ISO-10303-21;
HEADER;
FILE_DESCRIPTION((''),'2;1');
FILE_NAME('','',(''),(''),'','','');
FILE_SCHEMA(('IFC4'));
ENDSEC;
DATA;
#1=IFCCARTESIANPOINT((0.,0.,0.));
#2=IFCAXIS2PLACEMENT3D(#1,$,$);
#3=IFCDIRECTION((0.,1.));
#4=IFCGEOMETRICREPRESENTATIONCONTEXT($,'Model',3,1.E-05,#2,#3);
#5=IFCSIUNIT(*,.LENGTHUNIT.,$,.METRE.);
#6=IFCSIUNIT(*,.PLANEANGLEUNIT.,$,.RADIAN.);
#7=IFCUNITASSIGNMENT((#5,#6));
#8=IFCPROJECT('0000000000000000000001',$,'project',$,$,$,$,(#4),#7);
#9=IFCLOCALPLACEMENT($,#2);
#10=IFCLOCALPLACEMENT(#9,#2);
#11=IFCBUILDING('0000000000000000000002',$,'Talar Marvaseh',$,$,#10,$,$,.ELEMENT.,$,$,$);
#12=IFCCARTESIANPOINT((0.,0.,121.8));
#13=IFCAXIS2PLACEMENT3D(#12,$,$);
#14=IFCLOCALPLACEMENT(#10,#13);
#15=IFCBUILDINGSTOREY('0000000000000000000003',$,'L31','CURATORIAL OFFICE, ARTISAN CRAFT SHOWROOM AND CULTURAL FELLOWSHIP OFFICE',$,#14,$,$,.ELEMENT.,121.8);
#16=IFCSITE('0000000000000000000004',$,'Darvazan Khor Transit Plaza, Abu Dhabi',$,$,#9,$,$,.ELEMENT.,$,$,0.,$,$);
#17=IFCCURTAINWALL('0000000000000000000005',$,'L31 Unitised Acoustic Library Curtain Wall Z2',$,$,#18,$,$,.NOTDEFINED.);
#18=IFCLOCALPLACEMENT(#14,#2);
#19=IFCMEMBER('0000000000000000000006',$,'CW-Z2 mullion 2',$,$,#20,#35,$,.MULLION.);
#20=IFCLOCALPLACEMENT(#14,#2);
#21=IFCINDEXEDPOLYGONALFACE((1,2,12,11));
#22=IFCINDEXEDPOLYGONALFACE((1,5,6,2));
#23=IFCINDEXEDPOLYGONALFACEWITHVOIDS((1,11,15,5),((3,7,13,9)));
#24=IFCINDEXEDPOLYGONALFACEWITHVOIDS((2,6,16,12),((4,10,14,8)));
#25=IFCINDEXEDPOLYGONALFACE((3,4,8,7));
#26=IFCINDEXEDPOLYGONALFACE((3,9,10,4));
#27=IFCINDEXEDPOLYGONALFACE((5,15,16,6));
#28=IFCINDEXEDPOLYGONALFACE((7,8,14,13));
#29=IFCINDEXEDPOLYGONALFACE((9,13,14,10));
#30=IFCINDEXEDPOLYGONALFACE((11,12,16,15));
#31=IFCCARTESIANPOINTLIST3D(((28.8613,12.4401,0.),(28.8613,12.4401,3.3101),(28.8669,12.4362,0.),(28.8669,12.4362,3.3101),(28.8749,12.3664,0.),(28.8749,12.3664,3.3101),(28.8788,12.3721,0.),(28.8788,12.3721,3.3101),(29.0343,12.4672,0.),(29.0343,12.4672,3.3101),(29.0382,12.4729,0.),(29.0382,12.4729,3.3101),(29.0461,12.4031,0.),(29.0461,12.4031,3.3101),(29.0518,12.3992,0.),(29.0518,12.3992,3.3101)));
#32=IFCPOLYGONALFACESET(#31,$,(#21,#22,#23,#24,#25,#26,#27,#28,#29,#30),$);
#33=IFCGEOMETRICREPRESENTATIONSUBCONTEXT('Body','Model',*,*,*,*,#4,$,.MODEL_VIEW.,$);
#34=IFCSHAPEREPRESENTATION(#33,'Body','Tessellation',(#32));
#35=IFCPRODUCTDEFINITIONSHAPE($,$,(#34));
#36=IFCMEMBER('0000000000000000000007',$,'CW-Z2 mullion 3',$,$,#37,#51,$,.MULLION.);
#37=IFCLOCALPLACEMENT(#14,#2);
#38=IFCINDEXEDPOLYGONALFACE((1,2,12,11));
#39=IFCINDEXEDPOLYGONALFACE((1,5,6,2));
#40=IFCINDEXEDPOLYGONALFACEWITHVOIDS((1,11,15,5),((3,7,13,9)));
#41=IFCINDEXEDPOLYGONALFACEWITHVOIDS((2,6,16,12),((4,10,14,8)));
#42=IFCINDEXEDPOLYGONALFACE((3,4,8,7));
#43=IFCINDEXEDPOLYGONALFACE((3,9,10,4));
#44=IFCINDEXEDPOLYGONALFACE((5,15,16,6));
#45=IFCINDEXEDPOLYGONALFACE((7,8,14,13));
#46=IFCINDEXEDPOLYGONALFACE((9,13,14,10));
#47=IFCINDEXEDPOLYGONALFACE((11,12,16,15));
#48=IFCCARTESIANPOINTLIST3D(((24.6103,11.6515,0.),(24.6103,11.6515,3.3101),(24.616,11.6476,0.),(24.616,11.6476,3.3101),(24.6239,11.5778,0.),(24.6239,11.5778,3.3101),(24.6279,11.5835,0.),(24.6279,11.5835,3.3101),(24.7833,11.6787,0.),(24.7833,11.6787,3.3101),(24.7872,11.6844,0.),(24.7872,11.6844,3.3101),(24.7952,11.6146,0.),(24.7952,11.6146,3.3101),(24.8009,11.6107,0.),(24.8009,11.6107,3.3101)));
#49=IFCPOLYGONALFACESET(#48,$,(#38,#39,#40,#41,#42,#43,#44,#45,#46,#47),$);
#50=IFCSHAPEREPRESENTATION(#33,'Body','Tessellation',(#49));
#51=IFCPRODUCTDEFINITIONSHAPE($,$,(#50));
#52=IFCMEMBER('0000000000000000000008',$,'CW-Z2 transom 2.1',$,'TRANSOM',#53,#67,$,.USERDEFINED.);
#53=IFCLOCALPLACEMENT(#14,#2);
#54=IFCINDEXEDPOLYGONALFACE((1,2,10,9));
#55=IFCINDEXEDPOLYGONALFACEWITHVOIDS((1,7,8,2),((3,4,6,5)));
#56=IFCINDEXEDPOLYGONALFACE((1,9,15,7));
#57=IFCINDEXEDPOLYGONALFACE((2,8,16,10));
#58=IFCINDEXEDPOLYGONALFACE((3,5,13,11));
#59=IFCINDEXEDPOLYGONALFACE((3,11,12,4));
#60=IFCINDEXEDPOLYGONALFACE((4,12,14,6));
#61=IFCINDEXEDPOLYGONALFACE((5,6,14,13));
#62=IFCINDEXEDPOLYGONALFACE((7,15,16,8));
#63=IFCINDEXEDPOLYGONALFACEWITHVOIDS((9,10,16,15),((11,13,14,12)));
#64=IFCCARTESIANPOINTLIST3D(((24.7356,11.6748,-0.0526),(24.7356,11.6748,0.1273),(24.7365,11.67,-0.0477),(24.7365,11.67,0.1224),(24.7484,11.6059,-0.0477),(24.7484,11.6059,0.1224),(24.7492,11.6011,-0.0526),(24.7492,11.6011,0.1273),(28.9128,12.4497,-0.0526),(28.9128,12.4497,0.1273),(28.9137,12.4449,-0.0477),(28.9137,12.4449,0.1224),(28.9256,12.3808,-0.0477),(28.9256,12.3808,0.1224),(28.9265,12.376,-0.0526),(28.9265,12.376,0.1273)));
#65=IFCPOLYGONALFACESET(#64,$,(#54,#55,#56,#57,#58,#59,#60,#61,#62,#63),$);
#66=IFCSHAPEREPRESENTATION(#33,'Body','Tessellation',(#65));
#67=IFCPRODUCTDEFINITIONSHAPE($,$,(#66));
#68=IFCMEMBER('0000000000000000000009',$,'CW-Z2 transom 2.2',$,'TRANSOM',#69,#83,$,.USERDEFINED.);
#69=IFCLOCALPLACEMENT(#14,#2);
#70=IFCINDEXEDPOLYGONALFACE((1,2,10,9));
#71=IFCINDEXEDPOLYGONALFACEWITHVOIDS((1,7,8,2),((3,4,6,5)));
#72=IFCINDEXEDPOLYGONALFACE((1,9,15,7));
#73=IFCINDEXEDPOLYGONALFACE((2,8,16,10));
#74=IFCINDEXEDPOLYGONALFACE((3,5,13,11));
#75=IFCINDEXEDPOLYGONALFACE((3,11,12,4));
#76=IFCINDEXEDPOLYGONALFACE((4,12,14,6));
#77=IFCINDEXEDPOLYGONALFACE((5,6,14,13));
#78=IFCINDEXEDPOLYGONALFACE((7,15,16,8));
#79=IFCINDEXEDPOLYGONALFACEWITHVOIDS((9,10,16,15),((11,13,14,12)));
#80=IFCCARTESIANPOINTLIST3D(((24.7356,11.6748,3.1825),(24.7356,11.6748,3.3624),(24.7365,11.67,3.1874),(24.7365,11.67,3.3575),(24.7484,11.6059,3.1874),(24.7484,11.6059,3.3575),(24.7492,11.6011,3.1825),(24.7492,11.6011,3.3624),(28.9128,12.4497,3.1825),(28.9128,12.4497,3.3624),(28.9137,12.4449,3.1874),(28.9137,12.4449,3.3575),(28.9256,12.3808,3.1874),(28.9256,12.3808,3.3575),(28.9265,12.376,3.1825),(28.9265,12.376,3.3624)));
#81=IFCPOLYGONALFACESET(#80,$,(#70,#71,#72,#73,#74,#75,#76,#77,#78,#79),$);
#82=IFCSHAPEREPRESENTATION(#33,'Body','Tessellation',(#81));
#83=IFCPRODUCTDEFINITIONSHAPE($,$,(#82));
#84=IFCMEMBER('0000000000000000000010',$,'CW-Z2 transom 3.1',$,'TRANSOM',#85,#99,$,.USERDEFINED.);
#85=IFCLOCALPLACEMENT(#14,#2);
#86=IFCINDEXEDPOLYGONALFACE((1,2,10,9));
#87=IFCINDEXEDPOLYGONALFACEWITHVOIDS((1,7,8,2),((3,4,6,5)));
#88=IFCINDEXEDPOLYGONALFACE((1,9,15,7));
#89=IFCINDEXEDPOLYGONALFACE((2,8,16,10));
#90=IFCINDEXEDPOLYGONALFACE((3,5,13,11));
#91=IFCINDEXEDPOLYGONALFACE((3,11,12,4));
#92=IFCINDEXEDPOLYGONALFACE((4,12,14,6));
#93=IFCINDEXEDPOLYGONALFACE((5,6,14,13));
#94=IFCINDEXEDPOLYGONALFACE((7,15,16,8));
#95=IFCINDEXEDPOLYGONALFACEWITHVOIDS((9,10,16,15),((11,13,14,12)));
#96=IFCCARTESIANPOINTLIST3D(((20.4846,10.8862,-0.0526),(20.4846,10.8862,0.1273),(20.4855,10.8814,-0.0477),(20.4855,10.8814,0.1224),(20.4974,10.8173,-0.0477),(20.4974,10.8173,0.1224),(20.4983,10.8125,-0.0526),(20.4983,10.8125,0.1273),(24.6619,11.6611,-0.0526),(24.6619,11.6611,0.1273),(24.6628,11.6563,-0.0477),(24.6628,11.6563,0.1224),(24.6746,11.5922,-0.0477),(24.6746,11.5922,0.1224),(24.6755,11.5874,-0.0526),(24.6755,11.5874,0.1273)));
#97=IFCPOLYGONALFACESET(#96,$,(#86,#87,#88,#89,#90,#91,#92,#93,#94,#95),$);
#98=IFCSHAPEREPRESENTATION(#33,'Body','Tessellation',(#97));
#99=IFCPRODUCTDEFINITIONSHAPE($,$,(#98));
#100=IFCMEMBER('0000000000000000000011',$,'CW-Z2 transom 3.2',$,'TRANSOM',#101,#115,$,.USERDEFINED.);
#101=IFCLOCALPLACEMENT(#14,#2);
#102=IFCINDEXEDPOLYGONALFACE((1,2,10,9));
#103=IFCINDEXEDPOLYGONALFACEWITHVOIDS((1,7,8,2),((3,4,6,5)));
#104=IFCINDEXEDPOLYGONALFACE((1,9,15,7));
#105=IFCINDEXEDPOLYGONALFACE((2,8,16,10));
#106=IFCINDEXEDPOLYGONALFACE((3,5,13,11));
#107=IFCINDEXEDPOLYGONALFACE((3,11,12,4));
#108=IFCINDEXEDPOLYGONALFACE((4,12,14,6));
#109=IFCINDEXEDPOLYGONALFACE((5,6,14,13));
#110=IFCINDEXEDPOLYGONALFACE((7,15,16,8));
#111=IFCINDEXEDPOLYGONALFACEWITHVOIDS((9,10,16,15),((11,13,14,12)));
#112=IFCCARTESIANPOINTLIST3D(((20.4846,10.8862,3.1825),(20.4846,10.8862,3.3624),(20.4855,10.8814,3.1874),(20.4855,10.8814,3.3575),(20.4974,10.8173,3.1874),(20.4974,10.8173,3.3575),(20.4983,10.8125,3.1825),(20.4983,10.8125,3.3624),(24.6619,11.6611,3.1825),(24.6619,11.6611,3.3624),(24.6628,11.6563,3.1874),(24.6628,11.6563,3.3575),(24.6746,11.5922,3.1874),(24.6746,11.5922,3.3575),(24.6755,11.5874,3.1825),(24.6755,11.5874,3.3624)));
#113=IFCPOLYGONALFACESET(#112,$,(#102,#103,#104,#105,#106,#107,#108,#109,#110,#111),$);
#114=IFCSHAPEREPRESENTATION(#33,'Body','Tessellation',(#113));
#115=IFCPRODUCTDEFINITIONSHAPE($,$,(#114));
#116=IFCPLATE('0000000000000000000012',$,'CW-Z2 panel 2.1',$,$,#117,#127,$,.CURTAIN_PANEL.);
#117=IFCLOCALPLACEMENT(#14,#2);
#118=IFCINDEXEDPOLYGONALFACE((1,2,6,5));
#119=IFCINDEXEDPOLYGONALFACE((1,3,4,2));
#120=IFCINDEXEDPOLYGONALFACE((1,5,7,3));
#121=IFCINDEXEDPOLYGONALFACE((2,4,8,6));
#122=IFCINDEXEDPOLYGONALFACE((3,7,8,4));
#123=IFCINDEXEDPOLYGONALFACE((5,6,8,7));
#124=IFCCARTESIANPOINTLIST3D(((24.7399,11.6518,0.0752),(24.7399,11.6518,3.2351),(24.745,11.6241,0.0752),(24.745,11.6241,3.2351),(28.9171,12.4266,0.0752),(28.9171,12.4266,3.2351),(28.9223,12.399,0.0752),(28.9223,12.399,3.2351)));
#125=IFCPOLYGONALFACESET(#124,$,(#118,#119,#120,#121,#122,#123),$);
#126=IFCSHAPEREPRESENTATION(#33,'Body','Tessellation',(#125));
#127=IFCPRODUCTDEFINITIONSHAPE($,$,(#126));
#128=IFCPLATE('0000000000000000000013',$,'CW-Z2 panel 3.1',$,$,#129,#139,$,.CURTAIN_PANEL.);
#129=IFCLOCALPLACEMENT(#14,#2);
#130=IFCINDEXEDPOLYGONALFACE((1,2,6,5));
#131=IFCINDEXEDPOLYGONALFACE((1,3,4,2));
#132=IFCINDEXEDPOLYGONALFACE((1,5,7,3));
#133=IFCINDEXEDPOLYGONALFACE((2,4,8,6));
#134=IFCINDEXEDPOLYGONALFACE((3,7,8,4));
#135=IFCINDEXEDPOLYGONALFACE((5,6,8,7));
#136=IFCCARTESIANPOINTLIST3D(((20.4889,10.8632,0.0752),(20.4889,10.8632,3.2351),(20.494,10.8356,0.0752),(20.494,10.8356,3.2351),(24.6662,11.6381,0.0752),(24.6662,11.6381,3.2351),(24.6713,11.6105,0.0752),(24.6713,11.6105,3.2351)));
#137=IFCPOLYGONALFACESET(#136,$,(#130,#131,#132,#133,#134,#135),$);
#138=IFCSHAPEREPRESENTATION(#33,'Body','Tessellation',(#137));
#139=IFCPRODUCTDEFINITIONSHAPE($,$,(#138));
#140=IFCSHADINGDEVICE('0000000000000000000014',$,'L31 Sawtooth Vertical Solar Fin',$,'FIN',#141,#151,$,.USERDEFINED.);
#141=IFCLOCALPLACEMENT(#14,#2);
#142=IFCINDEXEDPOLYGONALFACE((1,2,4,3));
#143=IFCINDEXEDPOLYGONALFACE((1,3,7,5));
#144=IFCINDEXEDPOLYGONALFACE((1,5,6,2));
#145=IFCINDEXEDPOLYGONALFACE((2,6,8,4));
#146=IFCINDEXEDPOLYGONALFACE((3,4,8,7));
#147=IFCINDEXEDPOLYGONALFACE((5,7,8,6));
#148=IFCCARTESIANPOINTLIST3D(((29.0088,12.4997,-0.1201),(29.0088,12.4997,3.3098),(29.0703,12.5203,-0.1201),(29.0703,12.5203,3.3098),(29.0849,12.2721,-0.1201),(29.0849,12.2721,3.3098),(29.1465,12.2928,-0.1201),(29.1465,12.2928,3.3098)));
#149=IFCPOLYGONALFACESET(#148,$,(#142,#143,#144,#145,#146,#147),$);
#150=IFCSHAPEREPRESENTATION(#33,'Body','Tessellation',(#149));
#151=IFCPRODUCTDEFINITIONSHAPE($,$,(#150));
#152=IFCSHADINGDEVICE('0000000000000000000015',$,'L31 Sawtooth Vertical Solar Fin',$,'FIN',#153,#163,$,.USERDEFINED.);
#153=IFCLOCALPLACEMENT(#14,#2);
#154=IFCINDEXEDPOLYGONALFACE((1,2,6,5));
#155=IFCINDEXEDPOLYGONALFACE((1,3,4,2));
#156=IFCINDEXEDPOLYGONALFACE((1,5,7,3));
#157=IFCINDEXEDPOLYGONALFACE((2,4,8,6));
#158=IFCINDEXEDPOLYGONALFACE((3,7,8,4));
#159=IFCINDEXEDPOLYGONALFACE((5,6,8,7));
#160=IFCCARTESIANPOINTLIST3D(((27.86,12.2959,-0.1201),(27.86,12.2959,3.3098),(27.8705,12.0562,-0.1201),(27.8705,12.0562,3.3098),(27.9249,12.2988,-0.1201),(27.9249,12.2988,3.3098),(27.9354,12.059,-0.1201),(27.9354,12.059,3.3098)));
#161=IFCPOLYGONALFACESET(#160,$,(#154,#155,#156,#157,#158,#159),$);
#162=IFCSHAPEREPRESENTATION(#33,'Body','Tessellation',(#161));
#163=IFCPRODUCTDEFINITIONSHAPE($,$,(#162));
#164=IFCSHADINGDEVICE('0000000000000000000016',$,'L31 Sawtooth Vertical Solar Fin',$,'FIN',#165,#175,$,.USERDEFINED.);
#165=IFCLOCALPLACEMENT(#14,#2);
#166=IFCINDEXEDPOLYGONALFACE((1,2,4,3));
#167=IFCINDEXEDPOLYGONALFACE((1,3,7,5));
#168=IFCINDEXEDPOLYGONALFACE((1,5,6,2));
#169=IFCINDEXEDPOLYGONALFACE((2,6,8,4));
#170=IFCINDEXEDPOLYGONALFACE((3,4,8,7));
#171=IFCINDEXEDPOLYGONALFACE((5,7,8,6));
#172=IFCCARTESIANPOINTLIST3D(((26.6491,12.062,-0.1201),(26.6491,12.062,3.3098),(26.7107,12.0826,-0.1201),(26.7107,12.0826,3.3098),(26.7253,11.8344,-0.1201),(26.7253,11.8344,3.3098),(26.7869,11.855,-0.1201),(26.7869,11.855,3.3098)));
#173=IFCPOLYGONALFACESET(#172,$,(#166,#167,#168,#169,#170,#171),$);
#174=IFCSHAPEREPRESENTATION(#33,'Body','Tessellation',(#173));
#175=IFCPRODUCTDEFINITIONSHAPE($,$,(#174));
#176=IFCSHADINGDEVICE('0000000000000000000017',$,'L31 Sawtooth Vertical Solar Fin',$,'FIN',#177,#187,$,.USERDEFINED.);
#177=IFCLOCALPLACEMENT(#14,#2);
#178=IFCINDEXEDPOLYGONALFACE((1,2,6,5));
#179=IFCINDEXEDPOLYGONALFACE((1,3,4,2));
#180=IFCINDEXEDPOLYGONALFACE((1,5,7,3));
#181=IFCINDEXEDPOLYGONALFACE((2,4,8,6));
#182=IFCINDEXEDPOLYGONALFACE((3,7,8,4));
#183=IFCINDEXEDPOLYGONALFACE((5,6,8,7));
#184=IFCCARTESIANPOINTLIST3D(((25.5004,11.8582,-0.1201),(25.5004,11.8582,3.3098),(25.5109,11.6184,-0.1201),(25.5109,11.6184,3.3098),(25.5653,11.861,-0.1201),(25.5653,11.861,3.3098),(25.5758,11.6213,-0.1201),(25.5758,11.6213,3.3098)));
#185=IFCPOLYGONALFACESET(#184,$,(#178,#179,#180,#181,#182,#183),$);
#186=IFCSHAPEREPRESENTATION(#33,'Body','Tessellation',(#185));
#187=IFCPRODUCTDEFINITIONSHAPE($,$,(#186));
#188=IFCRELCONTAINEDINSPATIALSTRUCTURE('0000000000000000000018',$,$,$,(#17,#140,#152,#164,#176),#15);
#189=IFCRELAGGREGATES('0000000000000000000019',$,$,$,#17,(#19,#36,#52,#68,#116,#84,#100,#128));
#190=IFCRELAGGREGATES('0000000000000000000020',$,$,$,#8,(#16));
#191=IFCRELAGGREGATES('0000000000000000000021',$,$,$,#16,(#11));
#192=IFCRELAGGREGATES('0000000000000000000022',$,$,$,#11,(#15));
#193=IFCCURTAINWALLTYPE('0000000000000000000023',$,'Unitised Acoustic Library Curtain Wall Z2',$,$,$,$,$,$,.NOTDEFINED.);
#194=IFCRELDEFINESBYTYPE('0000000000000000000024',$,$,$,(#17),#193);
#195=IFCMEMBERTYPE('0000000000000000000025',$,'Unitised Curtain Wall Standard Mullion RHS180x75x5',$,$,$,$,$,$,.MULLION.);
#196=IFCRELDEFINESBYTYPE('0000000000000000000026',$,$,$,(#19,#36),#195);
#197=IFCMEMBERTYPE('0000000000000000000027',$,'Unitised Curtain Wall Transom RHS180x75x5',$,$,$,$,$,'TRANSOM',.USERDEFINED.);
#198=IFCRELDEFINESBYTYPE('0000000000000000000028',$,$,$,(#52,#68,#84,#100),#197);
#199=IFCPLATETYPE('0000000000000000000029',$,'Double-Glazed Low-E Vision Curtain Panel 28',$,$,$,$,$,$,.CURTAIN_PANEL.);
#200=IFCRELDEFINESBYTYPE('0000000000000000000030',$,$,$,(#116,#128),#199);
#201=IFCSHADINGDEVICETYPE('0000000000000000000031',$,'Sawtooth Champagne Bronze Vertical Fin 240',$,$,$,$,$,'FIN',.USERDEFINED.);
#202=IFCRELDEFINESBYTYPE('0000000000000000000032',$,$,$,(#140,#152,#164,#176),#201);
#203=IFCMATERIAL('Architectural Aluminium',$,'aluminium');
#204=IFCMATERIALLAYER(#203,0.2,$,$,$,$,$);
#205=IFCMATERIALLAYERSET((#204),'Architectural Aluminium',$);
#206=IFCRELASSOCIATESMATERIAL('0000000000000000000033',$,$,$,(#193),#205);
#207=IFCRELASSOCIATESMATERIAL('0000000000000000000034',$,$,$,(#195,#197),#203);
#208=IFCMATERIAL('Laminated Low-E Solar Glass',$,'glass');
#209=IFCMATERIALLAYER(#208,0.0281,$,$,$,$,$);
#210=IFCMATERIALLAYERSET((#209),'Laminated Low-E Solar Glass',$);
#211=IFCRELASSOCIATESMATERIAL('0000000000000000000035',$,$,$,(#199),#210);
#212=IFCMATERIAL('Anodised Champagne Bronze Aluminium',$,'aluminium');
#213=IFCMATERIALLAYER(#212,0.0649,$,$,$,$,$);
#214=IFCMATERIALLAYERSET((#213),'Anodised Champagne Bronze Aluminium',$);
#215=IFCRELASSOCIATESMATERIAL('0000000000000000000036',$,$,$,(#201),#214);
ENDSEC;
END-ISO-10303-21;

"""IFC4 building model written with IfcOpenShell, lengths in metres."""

from ifc_helpers import new_model, si_unit, direction, frame, origin, origin_2d, place, context, subcontext, project, spatial, rectangle, hollow_rectangle, extrude, source, transform, mapped, material, layer, layer_set, material_profile, profile_set, type_object, type_shapes, element, aggregate, save


model = new_model("IFC4")

# Units and contexts
model_context = context("Model", 3, precision=1e-05, world=origin(), true_north=direction((0.0, 1.0)))
body_context = subcontext(model_context, "Body", "Model", "MODEL_VIEW")
ifc_project = project(units=[si_unit("LENGTHUNIT", "METRE"), si_unit("PLANEANGLEUNIT", "RADIAN")], contexts=[model_context])

# Site, building, storey
site_placement = place(None, origin())
site = spatial("IfcSite", under=ifc_project, at=site_placement, Name="Darvazan Khor Transit Plaza, Abu Dhabi", CompositionType="ELEMENT", RefElevation=0.0)
building_placement = place(site_placement, origin())
building = spatial("IfcBuilding", under=site, at=building_placement, Name="Talar Marvaseh", CompositionType="ELEMENT")
storey_placement = place(building_placement, frame((0.0, 0.0, 121.8)))
storey = spatial("IfcBuildingStorey", under=building, at=storey_placement, Name="L31", Description="CURATORIAL OFFICE, ARTISAN CRAFT SHOWROOM AND CULTURAL FELLOWSHIP OFFICE", CompositionType="ELEMENT", Elevation=121.8)

# Curtain wall, members, plates
ifc_material_1 = material(Name="Architectural Aluminium", Category="aluminium")
ifc_layer_1 = layer(ifc_material_1, 0.2)
ifc_layer_set_1 = layer_set([ifc_layer_1], Name="Architectural Aluminium")
curtain_wall_type = type_object("IfcCurtainWallType", Name="Unitised Acoustic Library Curtain Wall Z2", PredefinedType="NOTDEFINED", material=ifc_layer_set_1)
curtain_wall_placement = place(storey_placement, origin())
curtain_wall = element("IfcCurtainWall", 1, at=curtain_wall_placement, inside=storey, type_object=curtain_wall_type, Name="L31 Unitised Acoustic Library Curtain Wall Z2", PredefinedType="NOTDEFINED")
ifc_material_profile_1 = material_profile(ifc_material_1, hollow_rectangle(XDim=0.075, YDim=0.1799, WallThickness=0.0049, at=origin_2d()), Name="RHS180x75x5")
ifc_profile_set_1 = profile_set([ifc_material_profile_1], Name="Architectural Aluminium")
member_type_1 = type_object("IfcMemberType", Name="Unitised Curtain Wall Standard Mullion RHS180x75x5", PredefinedType="MULLION", material=ifc_profile_set_1)
shared_shape_1 = source(origin(), body_context, "Body", "SweptSolid", [
    extrude(hollow_rectangle(XDim=0.075, YDim=0.1799, WallThickness=0.0049, at=origin_2d()), origin(), (0.0, 0.0, 1.0), 3.3101),
])
type_shapes(member_type_1, [shared_shape_1])
member_1_placement = place(storey_placement, frame((28.9565, 12.4197, 0.0), z_axis=(0.0, 0.0, 1.0), x_axis=(0.182388, -0.983227, 0.0)))
member_1 = element("IfcMember", 2, at=member_1_placement, type_object=member_type_1, Name="CW-Z2 mullion 2", PredefinedType="MULLION", context=body_context, shape_type="MappedRepresentation", body=[
    mapped(shared_shape_1, transform((0.0, 0.0, 0.0), x_axis=(1.0, 0.0, 0.0), y_axis=(0.0, 1.0, 0.0), z_axis=(0.0, 0.0, 1.0), scale=1.0)),
])
member_2_placement = place(storey_placement, frame((24.7056, 11.6311, 0.0), z_axis=(0.0, 0.0, 1.0), x_axis=(0.182388, -0.983227, 0.0)))
member_2 = element("IfcMember", 3, at=member_2_placement, type_object=member_type_1, Name="CW-Z2 mullion 3", PredefinedType="MULLION", context=body_context, shape_type="MappedRepresentation", body=[
    mapped(shared_shape_1, transform((0.0, 0.0, 0.0), x_axis=(1.0, 0.0, 0.0), y_axis=(0.0, 1.0, 0.0), z_axis=(0.0, 0.0, 1.0), scale=1.0)),
])
ifc_material_profile_2 = material_profile(ifc_material_1, hollow_rectangle(XDim=0.075, YDim=0.1799, WallThickness=0.0049, at=origin_2d()), Name="RHS180x75x5")
ifc_profile_set_2 = profile_set([ifc_material_profile_2], Name="Architectural Aluminium")
member_type_2 = type_object("IfcMemberType", Name="Unitised Curtain Wall Transom RHS180x75x5", ElementType="TRANSOM", PredefinedType="USERDEFINED", material=ifc_profile_set_2)
shared_shape_2 = source(origin(), body_context, "Body", "SweptSolid", [
    extrude(hollow_rectangle(XDim=0.075, YDim=0.1799, WallThickness=0.0049, at=origin_2d()), origin(), (0.0, 0.0, 1.0), 4.2485),
])
type_shapes(member_type_2, [shared_shape_2])
member_3_placement = place(storey_placement, frame((28.9197, 12.4128, 0.0374), z_axis=(-0.983226, -0.182394, 0.0), x_axis=(0.182394, -0.983226, 0.0)))
member_3 = element("IfcMember", 4, at=member_3_placement, type_object=member_type_2, Name="CW-Z2 transom 2.1", ObjectType="TRANSOM", PredefinedType="USERDEFINED", context=body_context, shape_type="MappedRepresentation", body=[
    mapped(shared_shape_2, transform((0.0, 0.0, 0.0), x_axis=(1.0, 0.0, 0.0), y_axis=(0.0, 1.0, 0.0), z_axis=(0.0, 0.0, 1.0), scale=1.0)),
])
member_4_placement = place(storey_placement, frame((28.9197, 12.4128, 3.2725), z_axis=(-0.983226, -0.182394, 0.0), x_axis=(0.182394, -0.983226, 0.0)))
member_4 = element("IfcMember", 5, at=member_4_placement, type_object=member_type_2, Name="CW-Z2 transom 2.2", ObjectType="TRANSOM", PredefinedType="USERDEFINED", context=body_context, shape_type="MappedRepresentation", body=[
    mapped(shared_shape_2, transform((0.0, 0.0, 0.0), x_axis=(1.0, 0.0, 0.0), y_axis=(0.0, 1.0, 0.0), z_axis=(0.0, 0.0, 1.0), scale=1.0)),
])
member_5_placement = place(storey_placement, frame((24.6687, 11.6243, 0.0374), z_axis=(-0.983226, -0.182394, 0.0), x_axis=(0.182394, -0.983226, 0.0)))
member_5 = element("IfcMember", 6, at=member_5_placement, type_object=member_type_2, Name="CW-Z2 transom 3.1", ObjectType="TRANSOM", PredefinedType="USERDEFINED", context=body_context, shape_type="MappedRepresentation", body=[
    mapped(shared_shape_2, transform((0.0, 0.0, 0.0), x_axis=(1.0, 0.0, 0.0), y_axis=(0.0, 1.0, 0.0), z_axis=(0.0, 0.0, 1.0), scale=1.0)),
])
member_6_placement = place(storey_placement, frame((24.6687, 11.6243, 3.2725), z_axis=(-0.983226, -0.182394, 0.0), x_axis=(0.182394, -0.983226, 0.0)))
member_6 = element("IfcMember", 7, at=member_6_placement, type_object=member_type_2, Name="CW-Z2 transom 3.2", ObjectType="TRANSOM", PredefinedType="USERDEFINED", context=body_context, shape_type="MappedRepresentation", body=[
    mapped(shared_shape_2, transform((0.0, 0.0, 0.0), x_axis=(1.0, 0.0, 0.0), y_axis=(0.0, 1.0, 0.0), z_axis=(0.0, 0.0, 1.0), scale=1.0)),
])
ifc_material_2 = material(Name="Laminated Low-E Solar Glass", Category="glass")
ifc_layer_2 = layer(ifc_material_2, 0.0281)
ifc_layer_set_2 = layer_set([ifc_layer_2], Name="Laminated Low-E Solar Glass")
plate_type = type_object("IfcPlateType", Name="Double-Glazed Low-E Vision Curtain Panel 28", PredefinedType="CURTAIN_PANEL", material=ifc_layer_set_2)
shared_shape_3 = source(origin(), body_context, "Body", "SweptSolid", [
    extrude(rectangle(XDim=4.2485, YDim=0.0281, at=origin_2d()), origin(), (0.0, 0.0, 1.0), 3.1599),
])
type_shapes(plate_type, [shared_shape_3])
plate_1_placement = place(storey_placement, frame((26.8311, 12.0254, 0.0752), z_axis=(0.0, 0.0, 1.0), x_axis=(-0.983227, -0.182388, 0.0)))
plate_1 = element("IfcPlate", 8, at=plate_1_placement, type_object=plate_type, Name="CW-Z2 panel 2.1", PredefinedType="CURTAIN_PANEL", context=body_context, shape_type="MappedRepresentation", body=[
    mapped(shared_shape_3, transform((0.0, 0.0, 0.0), x_axis=(1.0, 0.0, 0.0), y_axis=(0.0, 1.0, 0.0), z_axis=(0.0, 0.0, 1.0), scale=1.0)),
])
plate_2_placement = place(storey_placement, frame((22.5801, 11.2368, 0.0752), z_axis=(0.0, 0.0, 1.0), x_axis=(-0.983227, -0.182388, 0.0)))
plate_2 = element("IfcPlate", 9, at=plate_2_placement, type_object=plate_type, Name="CW-Z2 panel 3.1", PredefinedType="CURTAIN_PANEL", context=body_context, shape_type="MappedRepresentation", body=[
    mapped(shared_shape_3, transform((0.0, 0.0, 0.0), x_axis=(1.0, 0.0, 0.0), y_axis=(0.0, 1.0, 0.0), z_axis=(0.0, 0.0, 1.0), scale=1.0)),
])
aggregate(curtain_wall, [member_1, member_2, member_3, member_4, plate_1, member_5, member_6, plate_2])

# Shading devices
ifc_material_3 = material(Name="Anodised Champagne Bronze Aluminium", Category="aluminium")
ifc_layer_3 = layer(ifc_material_3, 0.0649)
ifc_layer_set_3 = layer_set([ifc_layer_3], Name="Anodised Champagne Bronze Aluminium")
shading_device_type = type_object("IfcShadingDeviceType", Name="Sawtooth Champagne Bronze Vertical Fin 240", ElementType="FIN", PredefinedType="USERDEFINED", material=ifc_layer_set_3)
shared_shape_4 = source(origin(), body_context, "Body", "SweptSolid", [
    extrude(rectangle(XDim=0.24, YDim=0.0649, at=origin_2d()), origin(), (0.0, 0.0, 1.0), 3.4299),
])
type_shapes(shading_device_type, [shared_shape_4])
for number, where, z_axis, x_axis, name in (
    (10, (29.0776, 12.3962, -0.1201), (0.0, 0.0, 1.0), (0.31747, -0.948268, 0.0), "L31 Sawtooth Vertical Solar Fin"),
    (11, (27.8977, 12.1775, -0.1201), (0.0, 0.0, 1.0), (0.043794, -0.999041, 0.0), "L31 Sawtooth Vertical Solar Fin"),
    (12, (26.718, 11.9585, -0.1201), (0.0, 0.0, 1.0), (0.31747, -0.948268, 0.0), "L31 Sawtooth Vertical Solar Fin"),
    (13, (25.5381, 11.7397, -0.1201), (0.0, 0.0, 1.0), (0.043794, -0.999041, 0.0), "L31 Sawtooth Vertical Solar Fin"),
):
    element("IfcShadingDevice", number, at=place(storey_placement, frame(where, z_axis=z_axis, x_axis=x_axis)), inside=storey, type_object=shading_device_type, Name=name, ObjectType="FIN", PredefinedType="USERDEFINED", context=body_context, shape_type="MappedRepresentation", body=[
        mapped(shared_shape_4, transform((0.0, 0.0, 0.0), x_axis=(1.0, 0.0, 0.0), y_axis=(0.0, 1.0, 0.0), z_axis=(0.0, 0.0, 1.0), scale=1.0)),
    ])

save(model, "model.ifc")
